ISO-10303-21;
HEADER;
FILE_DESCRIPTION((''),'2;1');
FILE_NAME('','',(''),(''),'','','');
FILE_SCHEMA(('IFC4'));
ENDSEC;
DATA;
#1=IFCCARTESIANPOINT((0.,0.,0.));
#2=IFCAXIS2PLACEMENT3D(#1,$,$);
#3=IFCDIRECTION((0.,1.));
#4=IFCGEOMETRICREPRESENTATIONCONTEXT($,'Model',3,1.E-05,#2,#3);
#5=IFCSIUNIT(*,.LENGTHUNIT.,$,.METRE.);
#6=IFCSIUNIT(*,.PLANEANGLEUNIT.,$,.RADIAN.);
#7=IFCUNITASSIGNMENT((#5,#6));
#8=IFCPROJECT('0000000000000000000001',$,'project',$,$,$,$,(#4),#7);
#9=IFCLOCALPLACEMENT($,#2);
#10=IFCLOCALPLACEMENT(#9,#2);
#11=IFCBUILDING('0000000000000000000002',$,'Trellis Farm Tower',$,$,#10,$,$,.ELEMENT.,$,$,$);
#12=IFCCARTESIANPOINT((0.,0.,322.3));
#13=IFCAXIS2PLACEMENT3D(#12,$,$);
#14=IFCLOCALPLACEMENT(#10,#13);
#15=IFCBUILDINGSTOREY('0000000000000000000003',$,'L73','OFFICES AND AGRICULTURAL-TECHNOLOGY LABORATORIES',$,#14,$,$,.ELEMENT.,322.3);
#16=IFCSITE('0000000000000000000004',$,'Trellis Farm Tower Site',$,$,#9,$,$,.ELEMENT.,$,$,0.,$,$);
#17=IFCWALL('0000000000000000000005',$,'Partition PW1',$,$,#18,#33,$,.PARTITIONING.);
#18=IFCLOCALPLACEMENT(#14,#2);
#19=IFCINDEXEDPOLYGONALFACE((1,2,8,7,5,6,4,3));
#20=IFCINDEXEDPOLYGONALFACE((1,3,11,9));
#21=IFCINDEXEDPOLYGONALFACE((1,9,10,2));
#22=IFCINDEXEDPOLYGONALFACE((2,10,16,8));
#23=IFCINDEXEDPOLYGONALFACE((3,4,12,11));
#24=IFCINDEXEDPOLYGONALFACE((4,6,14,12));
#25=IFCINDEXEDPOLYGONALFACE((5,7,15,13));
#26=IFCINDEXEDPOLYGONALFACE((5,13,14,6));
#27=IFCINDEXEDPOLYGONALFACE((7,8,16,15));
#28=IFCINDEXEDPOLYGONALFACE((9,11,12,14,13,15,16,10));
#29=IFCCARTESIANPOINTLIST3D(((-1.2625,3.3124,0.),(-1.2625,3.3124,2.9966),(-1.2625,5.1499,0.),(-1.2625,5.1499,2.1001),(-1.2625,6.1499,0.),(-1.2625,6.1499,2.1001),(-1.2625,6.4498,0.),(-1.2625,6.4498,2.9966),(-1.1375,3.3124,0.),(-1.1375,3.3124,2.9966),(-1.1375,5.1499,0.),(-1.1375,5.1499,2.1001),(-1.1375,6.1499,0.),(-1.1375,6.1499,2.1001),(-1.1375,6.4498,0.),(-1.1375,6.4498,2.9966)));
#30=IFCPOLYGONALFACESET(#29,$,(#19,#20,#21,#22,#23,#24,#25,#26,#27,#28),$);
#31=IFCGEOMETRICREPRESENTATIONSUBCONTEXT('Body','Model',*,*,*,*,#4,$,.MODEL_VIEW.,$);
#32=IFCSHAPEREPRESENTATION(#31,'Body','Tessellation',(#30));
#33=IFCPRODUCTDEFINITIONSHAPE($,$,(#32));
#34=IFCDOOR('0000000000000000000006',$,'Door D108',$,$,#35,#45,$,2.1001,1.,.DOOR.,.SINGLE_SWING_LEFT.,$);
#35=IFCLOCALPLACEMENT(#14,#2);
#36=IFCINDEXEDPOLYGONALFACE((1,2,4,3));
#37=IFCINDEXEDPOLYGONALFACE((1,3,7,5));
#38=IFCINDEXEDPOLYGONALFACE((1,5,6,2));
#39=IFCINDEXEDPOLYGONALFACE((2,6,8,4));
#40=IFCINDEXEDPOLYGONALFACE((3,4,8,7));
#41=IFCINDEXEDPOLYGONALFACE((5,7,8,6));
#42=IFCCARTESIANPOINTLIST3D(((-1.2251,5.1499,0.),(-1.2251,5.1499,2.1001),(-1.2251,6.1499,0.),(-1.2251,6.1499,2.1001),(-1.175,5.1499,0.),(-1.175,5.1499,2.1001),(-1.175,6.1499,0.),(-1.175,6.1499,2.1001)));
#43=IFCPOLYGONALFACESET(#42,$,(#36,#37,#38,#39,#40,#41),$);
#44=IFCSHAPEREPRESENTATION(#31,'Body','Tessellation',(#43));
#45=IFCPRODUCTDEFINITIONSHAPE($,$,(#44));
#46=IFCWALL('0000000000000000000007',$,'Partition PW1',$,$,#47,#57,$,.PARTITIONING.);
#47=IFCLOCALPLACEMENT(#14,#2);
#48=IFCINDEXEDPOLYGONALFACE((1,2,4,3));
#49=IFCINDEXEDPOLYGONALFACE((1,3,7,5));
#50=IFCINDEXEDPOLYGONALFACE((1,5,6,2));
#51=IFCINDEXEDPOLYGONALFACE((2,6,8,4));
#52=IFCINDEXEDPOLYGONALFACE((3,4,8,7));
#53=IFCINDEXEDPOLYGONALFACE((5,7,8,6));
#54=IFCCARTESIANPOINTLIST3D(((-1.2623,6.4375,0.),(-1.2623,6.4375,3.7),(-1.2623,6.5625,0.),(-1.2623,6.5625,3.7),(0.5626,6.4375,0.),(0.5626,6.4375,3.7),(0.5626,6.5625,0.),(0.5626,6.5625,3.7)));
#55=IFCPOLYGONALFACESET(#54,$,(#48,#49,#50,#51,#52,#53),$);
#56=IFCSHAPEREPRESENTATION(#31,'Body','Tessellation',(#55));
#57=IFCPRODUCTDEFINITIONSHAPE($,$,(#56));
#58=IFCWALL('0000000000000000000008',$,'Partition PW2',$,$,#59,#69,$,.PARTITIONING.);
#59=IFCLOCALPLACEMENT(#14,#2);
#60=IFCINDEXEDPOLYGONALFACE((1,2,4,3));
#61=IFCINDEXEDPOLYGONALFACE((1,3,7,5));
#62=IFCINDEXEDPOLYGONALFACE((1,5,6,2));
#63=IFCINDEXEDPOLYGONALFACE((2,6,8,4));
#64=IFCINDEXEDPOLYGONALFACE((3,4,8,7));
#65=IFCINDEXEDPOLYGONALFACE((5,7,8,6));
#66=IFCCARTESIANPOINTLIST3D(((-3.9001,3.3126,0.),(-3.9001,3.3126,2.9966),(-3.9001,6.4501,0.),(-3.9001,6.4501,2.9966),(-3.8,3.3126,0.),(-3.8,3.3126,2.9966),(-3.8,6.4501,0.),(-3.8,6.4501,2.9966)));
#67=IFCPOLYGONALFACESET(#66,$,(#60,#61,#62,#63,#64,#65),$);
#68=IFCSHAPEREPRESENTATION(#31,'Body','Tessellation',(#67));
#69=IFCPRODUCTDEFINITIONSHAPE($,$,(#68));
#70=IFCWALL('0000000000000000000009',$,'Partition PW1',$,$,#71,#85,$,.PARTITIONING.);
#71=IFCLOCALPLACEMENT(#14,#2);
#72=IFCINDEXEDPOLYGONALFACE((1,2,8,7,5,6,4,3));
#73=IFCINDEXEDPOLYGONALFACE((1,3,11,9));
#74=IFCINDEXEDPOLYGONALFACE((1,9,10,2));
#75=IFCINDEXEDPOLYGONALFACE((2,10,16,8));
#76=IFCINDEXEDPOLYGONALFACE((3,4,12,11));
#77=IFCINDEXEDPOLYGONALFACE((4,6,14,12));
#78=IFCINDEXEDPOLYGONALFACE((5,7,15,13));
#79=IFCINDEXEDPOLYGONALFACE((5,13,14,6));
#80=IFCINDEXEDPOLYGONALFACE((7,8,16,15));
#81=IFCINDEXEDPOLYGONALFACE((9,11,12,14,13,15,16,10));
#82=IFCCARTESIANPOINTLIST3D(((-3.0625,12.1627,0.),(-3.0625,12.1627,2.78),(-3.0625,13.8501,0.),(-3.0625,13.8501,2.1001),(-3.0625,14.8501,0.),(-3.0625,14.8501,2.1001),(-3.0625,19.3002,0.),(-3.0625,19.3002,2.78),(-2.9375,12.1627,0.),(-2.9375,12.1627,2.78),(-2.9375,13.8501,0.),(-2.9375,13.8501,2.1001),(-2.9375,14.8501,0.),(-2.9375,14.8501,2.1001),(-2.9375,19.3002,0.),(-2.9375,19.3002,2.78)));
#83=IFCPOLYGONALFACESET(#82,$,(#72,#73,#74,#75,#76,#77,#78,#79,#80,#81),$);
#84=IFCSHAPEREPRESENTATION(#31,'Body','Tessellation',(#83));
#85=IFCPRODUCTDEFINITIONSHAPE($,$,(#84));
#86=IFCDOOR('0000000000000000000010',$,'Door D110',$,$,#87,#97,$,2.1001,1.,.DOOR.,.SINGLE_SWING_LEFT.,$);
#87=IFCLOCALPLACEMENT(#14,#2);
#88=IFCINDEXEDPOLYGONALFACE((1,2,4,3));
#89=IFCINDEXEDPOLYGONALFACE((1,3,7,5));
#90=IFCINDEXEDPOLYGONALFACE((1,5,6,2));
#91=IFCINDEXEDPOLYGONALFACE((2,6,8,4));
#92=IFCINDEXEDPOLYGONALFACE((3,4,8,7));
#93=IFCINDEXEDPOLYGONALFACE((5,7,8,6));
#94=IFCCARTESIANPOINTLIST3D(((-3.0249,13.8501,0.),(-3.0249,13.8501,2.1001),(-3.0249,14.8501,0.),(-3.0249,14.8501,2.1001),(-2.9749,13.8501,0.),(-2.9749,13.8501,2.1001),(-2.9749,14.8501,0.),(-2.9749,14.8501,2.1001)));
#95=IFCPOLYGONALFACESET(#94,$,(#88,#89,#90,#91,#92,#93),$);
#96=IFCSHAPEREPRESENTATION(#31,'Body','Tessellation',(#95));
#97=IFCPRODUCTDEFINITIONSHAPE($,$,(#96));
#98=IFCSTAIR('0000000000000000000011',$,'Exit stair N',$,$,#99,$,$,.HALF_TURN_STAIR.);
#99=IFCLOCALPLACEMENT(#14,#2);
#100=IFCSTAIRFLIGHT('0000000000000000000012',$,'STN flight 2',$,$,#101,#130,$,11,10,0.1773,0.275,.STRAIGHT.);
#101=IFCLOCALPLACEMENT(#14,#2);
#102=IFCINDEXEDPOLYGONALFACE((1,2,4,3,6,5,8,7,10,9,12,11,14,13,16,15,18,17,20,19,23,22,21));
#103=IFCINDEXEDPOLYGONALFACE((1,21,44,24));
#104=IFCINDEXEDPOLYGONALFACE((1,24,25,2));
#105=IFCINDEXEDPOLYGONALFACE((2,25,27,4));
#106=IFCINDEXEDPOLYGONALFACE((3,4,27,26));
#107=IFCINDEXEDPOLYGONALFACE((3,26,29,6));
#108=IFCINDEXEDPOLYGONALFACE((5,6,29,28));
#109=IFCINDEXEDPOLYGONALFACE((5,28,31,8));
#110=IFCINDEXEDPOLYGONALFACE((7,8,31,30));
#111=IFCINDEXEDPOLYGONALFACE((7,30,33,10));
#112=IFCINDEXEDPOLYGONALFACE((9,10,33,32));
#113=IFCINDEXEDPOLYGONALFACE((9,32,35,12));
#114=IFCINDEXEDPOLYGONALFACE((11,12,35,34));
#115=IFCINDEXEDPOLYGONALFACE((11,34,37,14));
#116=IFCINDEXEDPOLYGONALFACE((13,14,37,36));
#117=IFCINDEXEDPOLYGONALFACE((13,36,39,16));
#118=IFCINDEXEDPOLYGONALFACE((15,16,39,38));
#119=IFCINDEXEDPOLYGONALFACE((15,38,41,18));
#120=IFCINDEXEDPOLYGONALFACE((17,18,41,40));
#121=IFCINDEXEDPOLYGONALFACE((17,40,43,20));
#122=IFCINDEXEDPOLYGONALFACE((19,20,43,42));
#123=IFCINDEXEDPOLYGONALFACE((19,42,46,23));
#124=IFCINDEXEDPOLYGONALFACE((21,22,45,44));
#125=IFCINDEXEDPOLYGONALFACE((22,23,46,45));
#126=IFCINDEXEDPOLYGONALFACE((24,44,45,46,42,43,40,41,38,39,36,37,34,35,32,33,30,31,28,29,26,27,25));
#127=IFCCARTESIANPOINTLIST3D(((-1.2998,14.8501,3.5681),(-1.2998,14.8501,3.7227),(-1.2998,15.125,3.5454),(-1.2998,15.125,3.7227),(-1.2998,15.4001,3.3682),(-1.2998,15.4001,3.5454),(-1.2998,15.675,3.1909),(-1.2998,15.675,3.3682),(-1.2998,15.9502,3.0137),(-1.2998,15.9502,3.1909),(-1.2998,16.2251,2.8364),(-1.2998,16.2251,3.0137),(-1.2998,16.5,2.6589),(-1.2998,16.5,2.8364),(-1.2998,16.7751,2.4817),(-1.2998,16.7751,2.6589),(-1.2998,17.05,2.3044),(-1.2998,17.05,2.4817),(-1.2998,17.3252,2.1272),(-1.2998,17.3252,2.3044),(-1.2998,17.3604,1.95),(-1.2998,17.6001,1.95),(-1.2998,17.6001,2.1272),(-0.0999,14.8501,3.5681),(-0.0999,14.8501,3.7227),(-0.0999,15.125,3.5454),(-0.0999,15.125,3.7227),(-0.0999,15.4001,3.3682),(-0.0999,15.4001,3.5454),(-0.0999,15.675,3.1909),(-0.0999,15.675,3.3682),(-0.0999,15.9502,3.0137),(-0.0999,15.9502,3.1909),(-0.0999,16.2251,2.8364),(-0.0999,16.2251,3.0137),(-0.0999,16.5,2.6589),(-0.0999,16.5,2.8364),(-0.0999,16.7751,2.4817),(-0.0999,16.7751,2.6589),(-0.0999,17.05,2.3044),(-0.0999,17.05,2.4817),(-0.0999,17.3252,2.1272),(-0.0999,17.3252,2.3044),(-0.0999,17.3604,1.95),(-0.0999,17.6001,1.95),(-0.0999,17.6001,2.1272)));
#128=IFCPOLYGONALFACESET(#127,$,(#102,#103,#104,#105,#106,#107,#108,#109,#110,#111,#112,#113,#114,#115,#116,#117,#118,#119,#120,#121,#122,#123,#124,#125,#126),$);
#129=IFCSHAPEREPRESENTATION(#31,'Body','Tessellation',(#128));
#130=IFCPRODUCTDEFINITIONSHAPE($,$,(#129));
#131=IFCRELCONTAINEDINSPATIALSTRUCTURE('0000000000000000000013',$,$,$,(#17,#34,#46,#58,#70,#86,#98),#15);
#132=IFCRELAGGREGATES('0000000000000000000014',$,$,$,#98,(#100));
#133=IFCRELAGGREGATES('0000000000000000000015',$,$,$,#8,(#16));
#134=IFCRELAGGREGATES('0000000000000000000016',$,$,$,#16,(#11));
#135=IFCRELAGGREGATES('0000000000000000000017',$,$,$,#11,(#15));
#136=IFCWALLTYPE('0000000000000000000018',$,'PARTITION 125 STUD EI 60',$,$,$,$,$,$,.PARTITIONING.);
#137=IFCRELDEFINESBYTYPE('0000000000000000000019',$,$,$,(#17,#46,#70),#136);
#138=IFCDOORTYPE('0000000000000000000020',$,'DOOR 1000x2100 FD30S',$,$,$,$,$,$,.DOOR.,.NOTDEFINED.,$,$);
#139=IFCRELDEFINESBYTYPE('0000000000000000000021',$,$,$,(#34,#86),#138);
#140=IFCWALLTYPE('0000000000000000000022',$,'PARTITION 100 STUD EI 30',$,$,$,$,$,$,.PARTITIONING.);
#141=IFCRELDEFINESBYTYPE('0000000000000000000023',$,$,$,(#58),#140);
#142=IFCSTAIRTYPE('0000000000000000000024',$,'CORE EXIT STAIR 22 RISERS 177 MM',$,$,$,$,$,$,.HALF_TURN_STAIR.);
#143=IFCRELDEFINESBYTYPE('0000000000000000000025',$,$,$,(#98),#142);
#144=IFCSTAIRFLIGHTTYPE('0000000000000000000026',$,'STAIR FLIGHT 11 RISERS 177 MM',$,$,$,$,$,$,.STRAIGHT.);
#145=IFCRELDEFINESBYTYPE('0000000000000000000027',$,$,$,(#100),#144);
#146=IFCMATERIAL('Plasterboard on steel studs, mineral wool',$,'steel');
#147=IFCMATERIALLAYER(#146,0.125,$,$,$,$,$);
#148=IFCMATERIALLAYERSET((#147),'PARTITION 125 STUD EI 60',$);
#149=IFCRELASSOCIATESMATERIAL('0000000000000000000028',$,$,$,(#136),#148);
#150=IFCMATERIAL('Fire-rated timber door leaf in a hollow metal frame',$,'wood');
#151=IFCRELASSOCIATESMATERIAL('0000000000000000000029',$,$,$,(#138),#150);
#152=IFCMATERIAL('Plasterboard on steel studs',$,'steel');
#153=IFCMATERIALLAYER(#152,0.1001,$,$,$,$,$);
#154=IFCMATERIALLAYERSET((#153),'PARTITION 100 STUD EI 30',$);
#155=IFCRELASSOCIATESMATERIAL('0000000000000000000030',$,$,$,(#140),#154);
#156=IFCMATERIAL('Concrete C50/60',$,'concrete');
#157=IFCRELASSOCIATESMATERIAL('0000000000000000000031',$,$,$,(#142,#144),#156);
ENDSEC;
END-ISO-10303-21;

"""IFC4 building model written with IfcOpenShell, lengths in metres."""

from ifc_helpers import new_model, si_unit, direction, frame, frame_2d, origin, place, context, subcontext, project, spatial, polyline, rectangle, outline, extrude, source, transform, mapped, material, layer, layer_set, type_object, element, fill, aggregate, save


model = new_model("IFC4")

# Units and contexts
model_context = context("Model", 3, precision=1e-05, world=origin(), true_north=direction((0.0, 1.0)))
body_context = subcontext(model_context, "Body", "Model", "MODEL_VIEW")
ifc_project = project(units=[si_unit("LENGTHUNIT", "METRE"), si_unit("PLANEANGLEUNIT", "RADIAN")], contexts=[model_context])

# Site, building, storey
site_placement = place(None, origin())
site = spatial("IfcSite", under=ifc_project, at=site_placement, Name="Trellis Farm Tower Site", CompositionType="ELEMENT", RefElevation=0.0)
building_placement = place(site_placement, origin())
building = spatial("IfcBuilding", under=site, at=building_placement, Name="Trellis Farm Tower", CompositionType="ELEMENT")
storey_placement = place(building_placement, frame((0.0, 0.0, 322.3)))
storey = spatial("IfcBuildingStorey", under=building, at=storey_placement, Name="L73", Description="OFFICES AND AGRICULTURAL-TECHNOLOGY LABORATORIES", CompositionType="ELEMENT", Elevation=322.3)

# Shared definitions
placement_1 = place(storey_placement, origin())

# Shared definitions
ifc_material_1 = material(Name="Concrete C50/60", Category="concrete")

# Wall, opening, door
ifc_material_2 = material(Name="Plasterboard on steel studs, mineral wool", Category="steel")
ifc_layer_1 = layer(ifc_material_2, 0.125)
ifc_layer_set_1 = layer_set([ifc_layer_1], Name="PARTITION 125 STUD EI 60")
wall_type_1 = type_object("IfcWallType", Name="PARTITION 125 STUD EI 60", PredefinedType="PARTITIONING", material=ifc_layer_set_1)
shared_shape_1 = source(origin(), body_context, "Body", "SweptSolid", [
    extrude(rectangle(XDim=3.1375, YDim=0.125, at=frame_2d((1.5688, 0.0))), origin(), (0.0, 0.0, 1.0), 2.9966),
])
wall_1_placement = place(storey_placement, frame((-1.2, 6.45, 0.0), z_axis=(0.0, 0.0, 1.0), x_axis=(0.0, -1.0, 0.0)))
wall_1 = element("IfcWall", 1, at=wall_1_placement, inside=storey, type_object=wall_type_1, Name="Partition PW1", PredefinedType="PARTITIONING", context=body_context, shape_type="MappedRepresentation", body=[
    mapped(shared_shape_1, transform((0.0, 0.0, 0.0))),
])
shared_shape_2 = source(origin(), body_context, "Body", "SweptSolid", [
    extrude(rectangle(XDim=1.0, YDim=2.1001, at=frame_2d((0.5, 1.05))), frame((0.0, 0.0725, 0.0), z_axis=(0.0, -1.0, 0.0), x_axis=(1.0, 0.0, 0.0)), (0.0, 0.0, 1.0), 0.145),
])
opening_1_placement = place(wall_1_placement, frame((0.3, 0.0, 0.0)))
opening_1 = element("IfcOpeningElement", 2, at=opening_1_placement, cuts=wall_1, PredefinedType="OPENING", context=body_context, shape_type="MappedRepresentation", body=[
    mapped(shared_shape_2, transform((0.0, 0.0, 0.0))),
])
ifc_material_3 = material(Name="Fire-rated timber door leaf in a hollow metal frame", Category="wood")
door_type_1 = type_object("IfcDoorType", Name="DOOR 1000x2100 FD30S", OperationType="NOTDEFINED", PredefinedType="DOOR", material=ifc_material_3)
shared_shape_3 = source(origin(), body_context, "Body", "SweptSolid", [
    extrude(rectangle(XDim=1.0, YDim=2.1001, at=frame_2d((0.5, 1.05))), frame((0.0, 0.0249, 0.0), z_axis=(0.0, -1.0, 0.0), x_axis=(1.0, 0.0, 0.0)), (0.0, 0.0, 1.0), 0.05),
])
door_1_placement = place(opening_1_placement, origin())
door_1 = element("IfcDoor", 3, at=door_1_placement, inside=storey, type_object=door_type_1, Name="Door D108", OperationType="SINGLE_SWING_LEFT", OverallHeight=2.1001, OverallWidth=1.0, PredefinedType="DOOR", context=body_context, shape_type="MappedRepresentation", body=[
    mapped(shared_shape_3, transform((0.0, 0.0, 0.0))),
])
fill(opening_1, door_1)

# Walls
shared_shape_4 = source(origin(), body_context, "Body", "SweptSolid", [
    extrude(rectangle(XDim=1.825, YDim=0.125, at=frame_2d((0.9126, 0.0))), origin(), (0.0, 0.0, 1.0), 3.7),
])
wall_2_placement = place(storey_placement, frame((-1.2625, 6.5, 0.0), z_axis=(0.0, 0.0, 1.0), x_axis=(1.0, 0.0, 0.0)))
element("IfcWall", 4, at=wall_2_placement, inside=storey, type_object=wall_type_1, Name="Partition PW1", PredefinedType="PARTITIONING", context=body_context, shape_type="MappedRepresentation", body=[
    mapped(shared_shape_4, transform((0.0, 0.0, 0.0))),
])
ifc_material_4 = material(Name="Plasterboard on steel studs", Category="steel")
ifc_layer_2 = layer(ifc_material_4, 0.1001)
ifc_layer_set_2 = layer_set([ifc_layer_2], Name="PARTITION 100 STUD EI 30")
wall_type_2 = type_object("IfcWallType", Name="PARTITION 100 STUD EI 30", PredefinedType="PARTITIONING", material=ifc_layer_set_2)
shared_shape_5 = source(origin(), body_context, "Body", "SweptSolid", [
    extrude(rectangle(XDim=3.1375, YDim=0.1001, at=frame_2d((1.5688, 0.0))), origin(), (0.0, 0.0, 1.0), 2.9966),
])
wall_3_placement = place(storey_placement, frame((-3.8501, 3.3125, 0.0), z_axis=(0.0, 0.0, 1.0), x_axis=(0.0, 1.0, 0.0)))
element("IfcWall", 5, at=wall_3_placement, inside=storey, type_object=wall_type_2, Name="Partition PW2", PredefinedType="PARTITIONING", context=body_context, shape_type="MappedRepresentation", body=[
    mapped(shared_shape_5, transform((0.0, 0.0, 0.0))),
])

# Wall, opening, door
shared_shape_6 = source(origin(), body_context, "Body", "SweptSolid", [
    extrude(rectangle(XDim=7.1375, YDim=0.125, at=frame_2d((3.5688, 0.0))), origin(), (0.0, 0.0, 1.0), 2.78),
])
wall_4_placement = place(storey_placement, frame((-3.0, 12.1626, 0.0), z_axis=(0.0, 0.0, 1.0), x_axis=(0.0, 1.0, 0.0)))
wall_4 = element("IfcWall", 6, at=wall_4_placement, inside=storey, type_object=wall_type_1, Name="Partition PW1", PredefinedType="PARTITIONING", context=body_context, shape_type="MappedRepresentation", body=[
    mapped(shared_shape_6, transform((0.0, 0.0, 0.0))),
])
opening_2_placement = place(wall_4_placement, frame((1.6875, 0.0, 0.0)))
opening_2 = element("IfcOpeningElement", 7, at=opening_2_placement, cuts=wall_4, PredefinedType="OPENING", context=body_context, shape_type="MappedRepresentation", body=[
    mapped(shared_shape_2, transform((0.0, 0.0, 0.0))),
])
door_2_placement = place(opening_2_placement, origin())
door_2 = element("IfcDoor", 8, at=door_2_placement, inside=storey, type_object=door_type_1, Name="Door D110", OperationType="SINGLE_SWING_LEFT", OverallHeight=2.1001, OverallWidth=1.0, PredefinedType="DOOR", context=body_context, shape_type="MappedRepresentation", body=[
    mapped(shared_shape_3, transform((0.0, 0.0, 0.0))),
])
fill(opening_2, door_2)

# Stair, stair flight
stair_type = type_object("IfcStairType", Name="CORE EXIT STAIR 22 RISERS 177 MM", PredefinedType="HALF_TURN_STAIR", material=ifc_material_1)
stair = element("IfcStair", 9, at=placement_1, inside=storey, type_object=stair_type, Name="Exit stair N", PredefinedType="HALF_TURN_STAIR")
stair_flight_type = type_object("IfcStairFlightType", Name="STAIR FLIGHT 11 RISERS 177 MM", PredefinedType="STRAIGHT", material=ifc_material_1)
shared_shape_7 = source(origin(), body_context, "Body", "SweptSolid", [
    extrude(outline(polyline([(0.0, 0.0), (0.0, 0.1772), (0.2749, 0.1772), (0.2749, 0.3545), (0.55, 0.3545), (0.55, 0.5317), (0.825, 0.5317), (0.825, 0.709), (1.1001, 0.709), (1.1001, 0.8865), (1.375, 0.8865), (1.375, 1.0637), (1.6499, 1.0637), (1.6499, 1.241), (1.925, 1.241), (1.925, 1.4182), (2.2, 1.4182), (2.2, 1.5955), (2.4751, 1.5955), (2.4751, 1.7727), (2.75, 1.7727), (2.75, 1.95), (2.75, 1.6182), (0.2397, 0.0), (0.0, 0.0)])), frame((0.0, 0.6001, 0.0), z_axis=(0.0, -1.0, 0.0), x_axis=(1.0, 0.0, 0.0)), (0.0, 0.0, 1.0), 1.2),
])
stair_flight_placement = place(storey_placement, frame((-0.7, 17.6001, 1.95), z_axis=(0.0, 0.0, 1.0), x_axis=(0.0, -1.0, 0.0)))
stair_flight = element("IfcStairFlight", 10, at=stair_flight_placement, type_object=stair_flight_type, Name="STN flight 2", NumberOfRisers=11, NumberOfTreads=10, PredefinedType="STRAIGHT", RiserHeight=0.1773, TreadLength=0.275, context=body_context, shape_type="MappedRepresentation", body=[
    mapped(shared_shape_7, transform((0.0, 0.0, 0.0))),
])
aggregate(stair, [stair_flight])

save(model, "model.ifc")
